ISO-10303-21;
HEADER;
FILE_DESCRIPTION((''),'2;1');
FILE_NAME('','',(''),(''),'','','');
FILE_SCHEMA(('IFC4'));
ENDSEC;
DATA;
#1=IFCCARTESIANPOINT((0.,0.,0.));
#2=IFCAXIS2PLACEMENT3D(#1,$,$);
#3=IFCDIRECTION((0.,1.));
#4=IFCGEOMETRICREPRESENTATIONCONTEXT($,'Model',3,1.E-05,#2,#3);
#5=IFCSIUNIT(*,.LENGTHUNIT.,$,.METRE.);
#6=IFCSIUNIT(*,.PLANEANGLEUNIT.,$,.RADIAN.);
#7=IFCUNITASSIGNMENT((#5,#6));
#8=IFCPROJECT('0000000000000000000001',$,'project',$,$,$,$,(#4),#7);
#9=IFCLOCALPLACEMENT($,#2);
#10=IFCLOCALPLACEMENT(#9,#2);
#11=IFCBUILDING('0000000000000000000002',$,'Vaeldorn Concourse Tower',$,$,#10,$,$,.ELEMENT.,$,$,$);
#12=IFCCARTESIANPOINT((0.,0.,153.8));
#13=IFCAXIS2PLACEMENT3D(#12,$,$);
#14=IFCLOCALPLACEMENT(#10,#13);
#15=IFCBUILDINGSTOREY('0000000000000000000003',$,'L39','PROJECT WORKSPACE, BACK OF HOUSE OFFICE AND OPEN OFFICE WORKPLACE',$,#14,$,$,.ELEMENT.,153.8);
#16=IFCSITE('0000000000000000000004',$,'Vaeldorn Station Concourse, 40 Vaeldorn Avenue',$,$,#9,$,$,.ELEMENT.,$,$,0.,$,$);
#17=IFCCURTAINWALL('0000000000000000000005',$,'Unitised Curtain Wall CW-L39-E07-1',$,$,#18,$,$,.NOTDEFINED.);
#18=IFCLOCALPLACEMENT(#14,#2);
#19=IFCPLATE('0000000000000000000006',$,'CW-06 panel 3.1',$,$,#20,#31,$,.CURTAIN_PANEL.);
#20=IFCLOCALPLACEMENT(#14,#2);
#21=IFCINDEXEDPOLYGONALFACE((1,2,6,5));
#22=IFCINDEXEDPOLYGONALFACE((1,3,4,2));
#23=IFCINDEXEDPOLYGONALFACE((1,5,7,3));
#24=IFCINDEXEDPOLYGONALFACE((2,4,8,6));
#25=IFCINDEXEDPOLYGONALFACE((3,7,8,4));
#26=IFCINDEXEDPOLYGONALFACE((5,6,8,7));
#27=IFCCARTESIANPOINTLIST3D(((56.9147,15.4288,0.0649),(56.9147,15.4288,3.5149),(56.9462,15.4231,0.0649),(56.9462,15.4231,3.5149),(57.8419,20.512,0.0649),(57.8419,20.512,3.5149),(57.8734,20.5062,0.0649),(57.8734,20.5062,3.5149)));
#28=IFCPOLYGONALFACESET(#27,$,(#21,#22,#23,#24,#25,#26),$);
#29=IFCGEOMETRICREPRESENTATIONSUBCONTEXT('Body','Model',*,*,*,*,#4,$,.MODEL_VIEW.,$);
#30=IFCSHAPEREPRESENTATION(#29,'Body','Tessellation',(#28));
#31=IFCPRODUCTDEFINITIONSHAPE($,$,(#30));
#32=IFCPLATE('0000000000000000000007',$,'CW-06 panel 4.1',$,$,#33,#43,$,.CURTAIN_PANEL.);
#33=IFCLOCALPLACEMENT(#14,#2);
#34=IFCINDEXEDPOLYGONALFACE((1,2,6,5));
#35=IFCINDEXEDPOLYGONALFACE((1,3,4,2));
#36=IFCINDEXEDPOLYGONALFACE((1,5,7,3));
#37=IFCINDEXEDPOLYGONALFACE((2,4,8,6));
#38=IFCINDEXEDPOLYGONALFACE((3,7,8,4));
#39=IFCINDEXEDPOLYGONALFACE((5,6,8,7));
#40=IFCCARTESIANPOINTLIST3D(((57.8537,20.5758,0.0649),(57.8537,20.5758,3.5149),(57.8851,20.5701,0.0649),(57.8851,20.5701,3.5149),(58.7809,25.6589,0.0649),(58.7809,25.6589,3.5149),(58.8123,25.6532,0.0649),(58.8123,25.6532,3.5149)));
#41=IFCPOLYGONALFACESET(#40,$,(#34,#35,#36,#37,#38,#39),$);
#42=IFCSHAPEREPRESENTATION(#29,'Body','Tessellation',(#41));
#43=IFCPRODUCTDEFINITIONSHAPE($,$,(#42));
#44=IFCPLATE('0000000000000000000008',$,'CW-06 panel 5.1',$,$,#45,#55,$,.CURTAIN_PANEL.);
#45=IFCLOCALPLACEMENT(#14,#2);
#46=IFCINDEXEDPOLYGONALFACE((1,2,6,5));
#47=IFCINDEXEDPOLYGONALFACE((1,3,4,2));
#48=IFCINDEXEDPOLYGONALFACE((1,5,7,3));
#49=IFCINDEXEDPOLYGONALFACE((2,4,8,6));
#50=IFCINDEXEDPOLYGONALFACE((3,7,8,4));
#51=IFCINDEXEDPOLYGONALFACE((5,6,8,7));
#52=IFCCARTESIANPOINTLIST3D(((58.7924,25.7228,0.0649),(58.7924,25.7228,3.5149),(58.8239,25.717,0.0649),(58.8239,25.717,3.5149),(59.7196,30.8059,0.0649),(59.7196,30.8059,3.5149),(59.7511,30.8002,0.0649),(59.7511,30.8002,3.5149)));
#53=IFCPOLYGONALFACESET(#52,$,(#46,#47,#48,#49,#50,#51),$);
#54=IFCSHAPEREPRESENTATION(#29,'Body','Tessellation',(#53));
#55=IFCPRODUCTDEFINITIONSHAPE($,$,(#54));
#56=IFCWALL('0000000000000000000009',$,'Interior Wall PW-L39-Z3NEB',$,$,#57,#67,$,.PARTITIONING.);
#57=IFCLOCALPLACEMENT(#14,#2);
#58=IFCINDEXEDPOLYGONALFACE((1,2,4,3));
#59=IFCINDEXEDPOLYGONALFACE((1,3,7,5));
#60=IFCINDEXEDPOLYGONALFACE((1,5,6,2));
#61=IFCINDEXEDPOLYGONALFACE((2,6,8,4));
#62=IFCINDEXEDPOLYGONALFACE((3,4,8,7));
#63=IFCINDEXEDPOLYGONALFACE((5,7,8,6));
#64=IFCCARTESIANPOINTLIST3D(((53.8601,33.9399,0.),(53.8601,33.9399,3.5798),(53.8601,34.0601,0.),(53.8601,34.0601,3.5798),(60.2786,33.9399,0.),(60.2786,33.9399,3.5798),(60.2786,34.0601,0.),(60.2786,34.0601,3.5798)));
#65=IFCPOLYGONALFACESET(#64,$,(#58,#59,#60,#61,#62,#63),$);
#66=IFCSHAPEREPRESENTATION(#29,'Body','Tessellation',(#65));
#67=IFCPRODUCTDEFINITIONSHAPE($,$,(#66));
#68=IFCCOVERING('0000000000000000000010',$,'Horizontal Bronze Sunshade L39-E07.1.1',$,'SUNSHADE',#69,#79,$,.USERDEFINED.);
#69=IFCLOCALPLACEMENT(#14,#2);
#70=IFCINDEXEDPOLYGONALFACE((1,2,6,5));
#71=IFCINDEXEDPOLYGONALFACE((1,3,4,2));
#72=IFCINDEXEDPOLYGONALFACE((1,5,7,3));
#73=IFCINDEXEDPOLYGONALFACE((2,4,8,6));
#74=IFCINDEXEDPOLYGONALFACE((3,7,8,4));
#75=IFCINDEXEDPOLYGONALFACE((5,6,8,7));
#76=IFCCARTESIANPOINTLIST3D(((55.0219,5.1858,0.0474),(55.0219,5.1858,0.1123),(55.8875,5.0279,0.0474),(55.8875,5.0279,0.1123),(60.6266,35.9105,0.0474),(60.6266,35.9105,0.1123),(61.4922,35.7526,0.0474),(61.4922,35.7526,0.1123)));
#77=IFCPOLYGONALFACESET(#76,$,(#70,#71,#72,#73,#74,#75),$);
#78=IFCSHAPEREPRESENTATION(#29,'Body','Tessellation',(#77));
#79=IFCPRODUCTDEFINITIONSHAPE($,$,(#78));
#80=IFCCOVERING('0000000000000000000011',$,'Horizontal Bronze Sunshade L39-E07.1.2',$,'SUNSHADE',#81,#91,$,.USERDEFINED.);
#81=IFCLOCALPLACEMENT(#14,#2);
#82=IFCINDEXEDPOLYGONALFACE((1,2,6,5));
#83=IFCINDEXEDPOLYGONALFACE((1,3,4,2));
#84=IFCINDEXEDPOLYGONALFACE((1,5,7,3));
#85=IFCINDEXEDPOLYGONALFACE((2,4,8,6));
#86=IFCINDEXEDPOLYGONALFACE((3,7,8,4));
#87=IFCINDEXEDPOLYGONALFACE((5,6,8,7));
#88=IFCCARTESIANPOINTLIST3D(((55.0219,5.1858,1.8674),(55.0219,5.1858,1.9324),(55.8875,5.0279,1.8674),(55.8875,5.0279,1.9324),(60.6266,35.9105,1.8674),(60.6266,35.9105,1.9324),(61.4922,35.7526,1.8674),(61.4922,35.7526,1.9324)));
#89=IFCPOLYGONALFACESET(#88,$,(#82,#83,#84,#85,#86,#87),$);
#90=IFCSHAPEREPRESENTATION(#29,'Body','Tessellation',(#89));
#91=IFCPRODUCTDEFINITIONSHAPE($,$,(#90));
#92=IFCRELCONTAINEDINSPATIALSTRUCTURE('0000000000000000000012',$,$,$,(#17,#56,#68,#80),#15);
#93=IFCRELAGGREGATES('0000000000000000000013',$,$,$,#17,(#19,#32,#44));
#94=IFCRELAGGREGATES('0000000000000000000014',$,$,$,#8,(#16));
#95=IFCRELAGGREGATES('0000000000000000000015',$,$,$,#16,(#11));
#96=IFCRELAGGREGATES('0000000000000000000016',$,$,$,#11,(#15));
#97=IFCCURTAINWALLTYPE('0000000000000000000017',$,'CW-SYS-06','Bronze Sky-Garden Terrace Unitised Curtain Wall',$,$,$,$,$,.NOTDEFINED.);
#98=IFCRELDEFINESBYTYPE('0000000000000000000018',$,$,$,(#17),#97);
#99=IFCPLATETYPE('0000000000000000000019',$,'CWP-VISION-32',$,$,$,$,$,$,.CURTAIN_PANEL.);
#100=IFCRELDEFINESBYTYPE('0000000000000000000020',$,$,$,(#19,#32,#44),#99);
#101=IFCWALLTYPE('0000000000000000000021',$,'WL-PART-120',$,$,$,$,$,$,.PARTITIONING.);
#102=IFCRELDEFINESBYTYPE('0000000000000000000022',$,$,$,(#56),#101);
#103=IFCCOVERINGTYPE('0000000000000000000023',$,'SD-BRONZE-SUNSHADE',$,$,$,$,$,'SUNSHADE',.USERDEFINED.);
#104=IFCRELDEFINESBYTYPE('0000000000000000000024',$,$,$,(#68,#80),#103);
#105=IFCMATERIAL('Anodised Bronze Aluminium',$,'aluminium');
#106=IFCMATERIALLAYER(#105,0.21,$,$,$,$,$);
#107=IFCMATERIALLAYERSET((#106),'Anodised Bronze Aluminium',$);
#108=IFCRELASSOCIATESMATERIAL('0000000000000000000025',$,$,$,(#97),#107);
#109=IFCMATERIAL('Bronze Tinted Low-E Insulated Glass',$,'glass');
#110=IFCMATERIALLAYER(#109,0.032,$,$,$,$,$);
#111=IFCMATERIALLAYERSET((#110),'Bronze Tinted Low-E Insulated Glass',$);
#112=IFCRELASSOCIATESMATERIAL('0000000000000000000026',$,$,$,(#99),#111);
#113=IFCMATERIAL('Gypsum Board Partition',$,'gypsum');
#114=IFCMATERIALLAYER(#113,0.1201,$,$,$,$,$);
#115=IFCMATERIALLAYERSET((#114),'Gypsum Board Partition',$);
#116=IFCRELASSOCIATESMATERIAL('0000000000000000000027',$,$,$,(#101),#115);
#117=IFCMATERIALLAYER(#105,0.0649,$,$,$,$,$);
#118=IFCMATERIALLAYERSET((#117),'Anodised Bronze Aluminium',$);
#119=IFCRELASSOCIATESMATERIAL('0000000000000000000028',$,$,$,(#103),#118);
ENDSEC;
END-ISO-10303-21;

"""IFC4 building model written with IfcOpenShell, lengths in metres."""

from ifc_helpers import new_model, si_unit, direction, frame, frame_2d, origin, origin_2d, place, context, subcontext, project, spatial, rectangle, extrude, source, transform, mapped, material, layer, layer_set, type_object, element, aggregate, save


model = new_model("IFC4")

# Units and contexts
model_context = context("Model", 3, precision=1e-05, world=origin(), true_north=direction((0.0, 1.0)))
body_context = subcontext(model_context, "Body", "Model", "MODEL_VIEW")
ifc_project = project(units=[si_unit("LENGTHUNIT", "METRE"), si_unit("PLANEANGLEUNIT", "RADIAN")], contexts=[model_context])

# Site, building, storey
site_placement = place(None, origin())
site = spatial("IfcSite", under=ifc_project, at=site_placement, Name="Vaeldorn Station Concourse, 40 Vaeldorn Avenue", CompositionType="ELEMENT", RefElevation=0.0)
building_placement = place(site_placement, origin())
building = spatial("IfcBuilding", under=site, at=building_placement, Name="Vaeldorn Concourse Tower", CompositionType="ELEMENT")
storey_placement = place(building_placement, frame((0.0, 0.0, 153.8)))
storey = spatial("IfcBuildingStorey", under=building, at=storey_placement, Name="L39", Description="PROJECT WORKSPACE, BACK OF HOUSE OFFICE AND OPEN OFFICE WORKPLACE", CompositionType="ELEMENT", Elevation=153.8)

# Curtain wall, plates
ifc_material_1 = material(Name="Anodised Bronze Aluminium", Category="aluminium")
ifc_layer_1 = layer(ifc_material_1, 0.21)
ifc_layer_set_1 = layer_set([ifc_layer_1], Name="Anodised Bronze Aluminium")
curtain_wall_type = type_object("IfcCurtainWallType", Name="CW-SYS-06", Description="Bronze Sky-Garden Terrace Unitised Curtain Wall", PredefinedType="NOTDEFINED", material=ifc_layer_set_1)
curtain_wall_placement = place(storey_placement, origin())
curtain_wall = element("IfcCurtainWall", 1, at=curtain_wall_placement, inside=storey, type_object=curtain_wall_type, Name="Unitised Curtain Wall CW-L39-E07-1", PredefinedType="NOTDEFINED")
ifc_material_2 = material(Name="Bronze Tinted Low-E Insulated Glass", Category="glass")
ifc_layer_2 = layer(ifc_material_2, 0.032)
ifc_layer_set_2 = layer_set([ifc_layer_2], Name="Bronze Tinted Low-E Insulated Glass")
plate_type = type_object("IfcPlateType", Name="CWP-VISION-32", PredefinedType="CURTAIN_PANEL", material=ifc_layer_set_2)
shared_shape_1 = source(origin(), body_context, "Body", "SweptSolid", [
    extrude(rectangle(XDim=5.167, YDim=0.032, at=origin_2d()), origin(), (0.0, 0.0, 1.0), 3.45),
])
plate_1_placement = place(storey_placement, frame((57.394, 17.9675, 0.0649), z_axis=(0.0, 0.0, 1.0), x_axis=(0.179446, 0.983768, 0.0)))
plate_1 = element("IfcPlate", 2, at=plate_1_placement, type_object=plate_type, Name="CW-06 panel 3.1", PredefinedType="CURTAIN_PANEL", context=body_context, shape_type="MappedRepresentation", body=[
    mapped(shared_shape_1, transform((0.0, 0.0, 0.0), scale=1.0)),
])
plate_2_placement = place(storey_placement, frame((58.333, 23.1145, 0.0649), z_axis=(0.0, 0.0, 1.0), x_axis=(0.179446, 0.983768, 0.0)))
plate_2 = element("IfcPlate", 3, at=plate_2_placement, type_object=plate_type, Name="CW-06 panel 4.1", PredefinedType="CURTAIN_PANEL", context=body_context, shape_type="MappedRepresentation", body=[
    mapped(shared_shape_1, transform((0.0, 0.0, 0.0), scale=1.0)),
])
plate_3_placement = place(storey_placement, frame((59.2717, 28.2615, 0.0649), z_axis=(0.0, 0.0, 1.0), x_axis=(0.179446, 0.983768, 0.0)))
plate_3 = element("IfcPlate", 4, at=plate_3_placement, type_object=plate_type, Name="CW-06 panel 5.1", PredefinedType="CURTAIN_PANEL", context=body_context, shape_type="MappedRepresentation", body=[
    mapped(shared_shape_1, transform((0.0, 0.0, 0.0), scale=1.0)),
])
aggregate(curtain_wall, [plate_1, plate_2, plate_3])

# Wall
ifc_material_3 = material(Name="Gypsum Board Partition", Category="gypsum")
ifc_layer_3 = layer(ifc_material_3, 0.1201)
ifc_layer_set_3 = layer_set([ifc_layer_3], Name="Gypsum Board Partition")
wall_type = type_object("IfcWallType", Name="WL-PART-120", PredefinedType="PARTITIONING", material=ifc_layer_set_3)
wall_placement = place(storey_placement, frame((53.8601, 34.0, 0.0), z_axis=(0.0, 0.0, 1.0), x_axis=(1.0, 0.0, 0.0)))
element("IfcWall", 5, at=wall_placement, inside=storey, type_object=wall_type, Name="Interior Wall PW-L39-Z3NEB", PredefinedType="PARTITIONING", context=body_context, shape_type="SweptSolid", body=[
    extrude(rectangle(XDim=6.4185, YDim=0.1201, at=frame_2d((3.2092, 0.0))), origin(), (0.0, 0.0, 1.0), 3.5798),
])

# Coverings
ifc_layer_4 = layer(ifc_material_1, 0.0649)
ifc_layer_set_4 = layer_set([ifc_layer_4], Name="Anodised Bronze Aluminium")
covering_type = type_object("IfcCoveringType", Name="SD-BRONZE-SUNSHADE", ElementType="SUNSHADE", PredefinedType="USERDEFINED", material=ifc_layer_set_4)
shared_shape_2 = source(origin(), body_context, "Body", "SweptSolid", [
    extrude(rectangle(XDim=31.2317, YDim=0.8799, at=origin_2d()), origin(), (0.0, 0.0, 1.0), 0.0649),
])
for number, where, z_axis, x_axis, name in (
    (6, (58.2571, 20.4692, 0.0474), (0.0, 0.0, 1.0), (0.179455, 0.983766, 0.0), "Horizontal Bronze Sunshade L39-E07.1.1"),
    (7, (58.2571, 20.4692, 1.8674), (0.0, 0.0, 1.0), (0.179455, 0.983766, 0.0), "Horizontal Bronze Sunshade L39-E07.1.2"),
):
    element("IfcCovering", number, at=place(storey_placement, frame(where, z_axis=z_axis, x_axis=x_axis)), inside=storey, type_object=covering_type, Name=name, ObjectType="SUNSHADE", PredefinedType="USERDEFINED", context=body_context, shape_type="MappedRepresentation", body=[
        mapped(shared_shape_2, transform((0.0, 0.0, 0.0), scale=1.0)),
    ])

save(model, "model.ifc")
